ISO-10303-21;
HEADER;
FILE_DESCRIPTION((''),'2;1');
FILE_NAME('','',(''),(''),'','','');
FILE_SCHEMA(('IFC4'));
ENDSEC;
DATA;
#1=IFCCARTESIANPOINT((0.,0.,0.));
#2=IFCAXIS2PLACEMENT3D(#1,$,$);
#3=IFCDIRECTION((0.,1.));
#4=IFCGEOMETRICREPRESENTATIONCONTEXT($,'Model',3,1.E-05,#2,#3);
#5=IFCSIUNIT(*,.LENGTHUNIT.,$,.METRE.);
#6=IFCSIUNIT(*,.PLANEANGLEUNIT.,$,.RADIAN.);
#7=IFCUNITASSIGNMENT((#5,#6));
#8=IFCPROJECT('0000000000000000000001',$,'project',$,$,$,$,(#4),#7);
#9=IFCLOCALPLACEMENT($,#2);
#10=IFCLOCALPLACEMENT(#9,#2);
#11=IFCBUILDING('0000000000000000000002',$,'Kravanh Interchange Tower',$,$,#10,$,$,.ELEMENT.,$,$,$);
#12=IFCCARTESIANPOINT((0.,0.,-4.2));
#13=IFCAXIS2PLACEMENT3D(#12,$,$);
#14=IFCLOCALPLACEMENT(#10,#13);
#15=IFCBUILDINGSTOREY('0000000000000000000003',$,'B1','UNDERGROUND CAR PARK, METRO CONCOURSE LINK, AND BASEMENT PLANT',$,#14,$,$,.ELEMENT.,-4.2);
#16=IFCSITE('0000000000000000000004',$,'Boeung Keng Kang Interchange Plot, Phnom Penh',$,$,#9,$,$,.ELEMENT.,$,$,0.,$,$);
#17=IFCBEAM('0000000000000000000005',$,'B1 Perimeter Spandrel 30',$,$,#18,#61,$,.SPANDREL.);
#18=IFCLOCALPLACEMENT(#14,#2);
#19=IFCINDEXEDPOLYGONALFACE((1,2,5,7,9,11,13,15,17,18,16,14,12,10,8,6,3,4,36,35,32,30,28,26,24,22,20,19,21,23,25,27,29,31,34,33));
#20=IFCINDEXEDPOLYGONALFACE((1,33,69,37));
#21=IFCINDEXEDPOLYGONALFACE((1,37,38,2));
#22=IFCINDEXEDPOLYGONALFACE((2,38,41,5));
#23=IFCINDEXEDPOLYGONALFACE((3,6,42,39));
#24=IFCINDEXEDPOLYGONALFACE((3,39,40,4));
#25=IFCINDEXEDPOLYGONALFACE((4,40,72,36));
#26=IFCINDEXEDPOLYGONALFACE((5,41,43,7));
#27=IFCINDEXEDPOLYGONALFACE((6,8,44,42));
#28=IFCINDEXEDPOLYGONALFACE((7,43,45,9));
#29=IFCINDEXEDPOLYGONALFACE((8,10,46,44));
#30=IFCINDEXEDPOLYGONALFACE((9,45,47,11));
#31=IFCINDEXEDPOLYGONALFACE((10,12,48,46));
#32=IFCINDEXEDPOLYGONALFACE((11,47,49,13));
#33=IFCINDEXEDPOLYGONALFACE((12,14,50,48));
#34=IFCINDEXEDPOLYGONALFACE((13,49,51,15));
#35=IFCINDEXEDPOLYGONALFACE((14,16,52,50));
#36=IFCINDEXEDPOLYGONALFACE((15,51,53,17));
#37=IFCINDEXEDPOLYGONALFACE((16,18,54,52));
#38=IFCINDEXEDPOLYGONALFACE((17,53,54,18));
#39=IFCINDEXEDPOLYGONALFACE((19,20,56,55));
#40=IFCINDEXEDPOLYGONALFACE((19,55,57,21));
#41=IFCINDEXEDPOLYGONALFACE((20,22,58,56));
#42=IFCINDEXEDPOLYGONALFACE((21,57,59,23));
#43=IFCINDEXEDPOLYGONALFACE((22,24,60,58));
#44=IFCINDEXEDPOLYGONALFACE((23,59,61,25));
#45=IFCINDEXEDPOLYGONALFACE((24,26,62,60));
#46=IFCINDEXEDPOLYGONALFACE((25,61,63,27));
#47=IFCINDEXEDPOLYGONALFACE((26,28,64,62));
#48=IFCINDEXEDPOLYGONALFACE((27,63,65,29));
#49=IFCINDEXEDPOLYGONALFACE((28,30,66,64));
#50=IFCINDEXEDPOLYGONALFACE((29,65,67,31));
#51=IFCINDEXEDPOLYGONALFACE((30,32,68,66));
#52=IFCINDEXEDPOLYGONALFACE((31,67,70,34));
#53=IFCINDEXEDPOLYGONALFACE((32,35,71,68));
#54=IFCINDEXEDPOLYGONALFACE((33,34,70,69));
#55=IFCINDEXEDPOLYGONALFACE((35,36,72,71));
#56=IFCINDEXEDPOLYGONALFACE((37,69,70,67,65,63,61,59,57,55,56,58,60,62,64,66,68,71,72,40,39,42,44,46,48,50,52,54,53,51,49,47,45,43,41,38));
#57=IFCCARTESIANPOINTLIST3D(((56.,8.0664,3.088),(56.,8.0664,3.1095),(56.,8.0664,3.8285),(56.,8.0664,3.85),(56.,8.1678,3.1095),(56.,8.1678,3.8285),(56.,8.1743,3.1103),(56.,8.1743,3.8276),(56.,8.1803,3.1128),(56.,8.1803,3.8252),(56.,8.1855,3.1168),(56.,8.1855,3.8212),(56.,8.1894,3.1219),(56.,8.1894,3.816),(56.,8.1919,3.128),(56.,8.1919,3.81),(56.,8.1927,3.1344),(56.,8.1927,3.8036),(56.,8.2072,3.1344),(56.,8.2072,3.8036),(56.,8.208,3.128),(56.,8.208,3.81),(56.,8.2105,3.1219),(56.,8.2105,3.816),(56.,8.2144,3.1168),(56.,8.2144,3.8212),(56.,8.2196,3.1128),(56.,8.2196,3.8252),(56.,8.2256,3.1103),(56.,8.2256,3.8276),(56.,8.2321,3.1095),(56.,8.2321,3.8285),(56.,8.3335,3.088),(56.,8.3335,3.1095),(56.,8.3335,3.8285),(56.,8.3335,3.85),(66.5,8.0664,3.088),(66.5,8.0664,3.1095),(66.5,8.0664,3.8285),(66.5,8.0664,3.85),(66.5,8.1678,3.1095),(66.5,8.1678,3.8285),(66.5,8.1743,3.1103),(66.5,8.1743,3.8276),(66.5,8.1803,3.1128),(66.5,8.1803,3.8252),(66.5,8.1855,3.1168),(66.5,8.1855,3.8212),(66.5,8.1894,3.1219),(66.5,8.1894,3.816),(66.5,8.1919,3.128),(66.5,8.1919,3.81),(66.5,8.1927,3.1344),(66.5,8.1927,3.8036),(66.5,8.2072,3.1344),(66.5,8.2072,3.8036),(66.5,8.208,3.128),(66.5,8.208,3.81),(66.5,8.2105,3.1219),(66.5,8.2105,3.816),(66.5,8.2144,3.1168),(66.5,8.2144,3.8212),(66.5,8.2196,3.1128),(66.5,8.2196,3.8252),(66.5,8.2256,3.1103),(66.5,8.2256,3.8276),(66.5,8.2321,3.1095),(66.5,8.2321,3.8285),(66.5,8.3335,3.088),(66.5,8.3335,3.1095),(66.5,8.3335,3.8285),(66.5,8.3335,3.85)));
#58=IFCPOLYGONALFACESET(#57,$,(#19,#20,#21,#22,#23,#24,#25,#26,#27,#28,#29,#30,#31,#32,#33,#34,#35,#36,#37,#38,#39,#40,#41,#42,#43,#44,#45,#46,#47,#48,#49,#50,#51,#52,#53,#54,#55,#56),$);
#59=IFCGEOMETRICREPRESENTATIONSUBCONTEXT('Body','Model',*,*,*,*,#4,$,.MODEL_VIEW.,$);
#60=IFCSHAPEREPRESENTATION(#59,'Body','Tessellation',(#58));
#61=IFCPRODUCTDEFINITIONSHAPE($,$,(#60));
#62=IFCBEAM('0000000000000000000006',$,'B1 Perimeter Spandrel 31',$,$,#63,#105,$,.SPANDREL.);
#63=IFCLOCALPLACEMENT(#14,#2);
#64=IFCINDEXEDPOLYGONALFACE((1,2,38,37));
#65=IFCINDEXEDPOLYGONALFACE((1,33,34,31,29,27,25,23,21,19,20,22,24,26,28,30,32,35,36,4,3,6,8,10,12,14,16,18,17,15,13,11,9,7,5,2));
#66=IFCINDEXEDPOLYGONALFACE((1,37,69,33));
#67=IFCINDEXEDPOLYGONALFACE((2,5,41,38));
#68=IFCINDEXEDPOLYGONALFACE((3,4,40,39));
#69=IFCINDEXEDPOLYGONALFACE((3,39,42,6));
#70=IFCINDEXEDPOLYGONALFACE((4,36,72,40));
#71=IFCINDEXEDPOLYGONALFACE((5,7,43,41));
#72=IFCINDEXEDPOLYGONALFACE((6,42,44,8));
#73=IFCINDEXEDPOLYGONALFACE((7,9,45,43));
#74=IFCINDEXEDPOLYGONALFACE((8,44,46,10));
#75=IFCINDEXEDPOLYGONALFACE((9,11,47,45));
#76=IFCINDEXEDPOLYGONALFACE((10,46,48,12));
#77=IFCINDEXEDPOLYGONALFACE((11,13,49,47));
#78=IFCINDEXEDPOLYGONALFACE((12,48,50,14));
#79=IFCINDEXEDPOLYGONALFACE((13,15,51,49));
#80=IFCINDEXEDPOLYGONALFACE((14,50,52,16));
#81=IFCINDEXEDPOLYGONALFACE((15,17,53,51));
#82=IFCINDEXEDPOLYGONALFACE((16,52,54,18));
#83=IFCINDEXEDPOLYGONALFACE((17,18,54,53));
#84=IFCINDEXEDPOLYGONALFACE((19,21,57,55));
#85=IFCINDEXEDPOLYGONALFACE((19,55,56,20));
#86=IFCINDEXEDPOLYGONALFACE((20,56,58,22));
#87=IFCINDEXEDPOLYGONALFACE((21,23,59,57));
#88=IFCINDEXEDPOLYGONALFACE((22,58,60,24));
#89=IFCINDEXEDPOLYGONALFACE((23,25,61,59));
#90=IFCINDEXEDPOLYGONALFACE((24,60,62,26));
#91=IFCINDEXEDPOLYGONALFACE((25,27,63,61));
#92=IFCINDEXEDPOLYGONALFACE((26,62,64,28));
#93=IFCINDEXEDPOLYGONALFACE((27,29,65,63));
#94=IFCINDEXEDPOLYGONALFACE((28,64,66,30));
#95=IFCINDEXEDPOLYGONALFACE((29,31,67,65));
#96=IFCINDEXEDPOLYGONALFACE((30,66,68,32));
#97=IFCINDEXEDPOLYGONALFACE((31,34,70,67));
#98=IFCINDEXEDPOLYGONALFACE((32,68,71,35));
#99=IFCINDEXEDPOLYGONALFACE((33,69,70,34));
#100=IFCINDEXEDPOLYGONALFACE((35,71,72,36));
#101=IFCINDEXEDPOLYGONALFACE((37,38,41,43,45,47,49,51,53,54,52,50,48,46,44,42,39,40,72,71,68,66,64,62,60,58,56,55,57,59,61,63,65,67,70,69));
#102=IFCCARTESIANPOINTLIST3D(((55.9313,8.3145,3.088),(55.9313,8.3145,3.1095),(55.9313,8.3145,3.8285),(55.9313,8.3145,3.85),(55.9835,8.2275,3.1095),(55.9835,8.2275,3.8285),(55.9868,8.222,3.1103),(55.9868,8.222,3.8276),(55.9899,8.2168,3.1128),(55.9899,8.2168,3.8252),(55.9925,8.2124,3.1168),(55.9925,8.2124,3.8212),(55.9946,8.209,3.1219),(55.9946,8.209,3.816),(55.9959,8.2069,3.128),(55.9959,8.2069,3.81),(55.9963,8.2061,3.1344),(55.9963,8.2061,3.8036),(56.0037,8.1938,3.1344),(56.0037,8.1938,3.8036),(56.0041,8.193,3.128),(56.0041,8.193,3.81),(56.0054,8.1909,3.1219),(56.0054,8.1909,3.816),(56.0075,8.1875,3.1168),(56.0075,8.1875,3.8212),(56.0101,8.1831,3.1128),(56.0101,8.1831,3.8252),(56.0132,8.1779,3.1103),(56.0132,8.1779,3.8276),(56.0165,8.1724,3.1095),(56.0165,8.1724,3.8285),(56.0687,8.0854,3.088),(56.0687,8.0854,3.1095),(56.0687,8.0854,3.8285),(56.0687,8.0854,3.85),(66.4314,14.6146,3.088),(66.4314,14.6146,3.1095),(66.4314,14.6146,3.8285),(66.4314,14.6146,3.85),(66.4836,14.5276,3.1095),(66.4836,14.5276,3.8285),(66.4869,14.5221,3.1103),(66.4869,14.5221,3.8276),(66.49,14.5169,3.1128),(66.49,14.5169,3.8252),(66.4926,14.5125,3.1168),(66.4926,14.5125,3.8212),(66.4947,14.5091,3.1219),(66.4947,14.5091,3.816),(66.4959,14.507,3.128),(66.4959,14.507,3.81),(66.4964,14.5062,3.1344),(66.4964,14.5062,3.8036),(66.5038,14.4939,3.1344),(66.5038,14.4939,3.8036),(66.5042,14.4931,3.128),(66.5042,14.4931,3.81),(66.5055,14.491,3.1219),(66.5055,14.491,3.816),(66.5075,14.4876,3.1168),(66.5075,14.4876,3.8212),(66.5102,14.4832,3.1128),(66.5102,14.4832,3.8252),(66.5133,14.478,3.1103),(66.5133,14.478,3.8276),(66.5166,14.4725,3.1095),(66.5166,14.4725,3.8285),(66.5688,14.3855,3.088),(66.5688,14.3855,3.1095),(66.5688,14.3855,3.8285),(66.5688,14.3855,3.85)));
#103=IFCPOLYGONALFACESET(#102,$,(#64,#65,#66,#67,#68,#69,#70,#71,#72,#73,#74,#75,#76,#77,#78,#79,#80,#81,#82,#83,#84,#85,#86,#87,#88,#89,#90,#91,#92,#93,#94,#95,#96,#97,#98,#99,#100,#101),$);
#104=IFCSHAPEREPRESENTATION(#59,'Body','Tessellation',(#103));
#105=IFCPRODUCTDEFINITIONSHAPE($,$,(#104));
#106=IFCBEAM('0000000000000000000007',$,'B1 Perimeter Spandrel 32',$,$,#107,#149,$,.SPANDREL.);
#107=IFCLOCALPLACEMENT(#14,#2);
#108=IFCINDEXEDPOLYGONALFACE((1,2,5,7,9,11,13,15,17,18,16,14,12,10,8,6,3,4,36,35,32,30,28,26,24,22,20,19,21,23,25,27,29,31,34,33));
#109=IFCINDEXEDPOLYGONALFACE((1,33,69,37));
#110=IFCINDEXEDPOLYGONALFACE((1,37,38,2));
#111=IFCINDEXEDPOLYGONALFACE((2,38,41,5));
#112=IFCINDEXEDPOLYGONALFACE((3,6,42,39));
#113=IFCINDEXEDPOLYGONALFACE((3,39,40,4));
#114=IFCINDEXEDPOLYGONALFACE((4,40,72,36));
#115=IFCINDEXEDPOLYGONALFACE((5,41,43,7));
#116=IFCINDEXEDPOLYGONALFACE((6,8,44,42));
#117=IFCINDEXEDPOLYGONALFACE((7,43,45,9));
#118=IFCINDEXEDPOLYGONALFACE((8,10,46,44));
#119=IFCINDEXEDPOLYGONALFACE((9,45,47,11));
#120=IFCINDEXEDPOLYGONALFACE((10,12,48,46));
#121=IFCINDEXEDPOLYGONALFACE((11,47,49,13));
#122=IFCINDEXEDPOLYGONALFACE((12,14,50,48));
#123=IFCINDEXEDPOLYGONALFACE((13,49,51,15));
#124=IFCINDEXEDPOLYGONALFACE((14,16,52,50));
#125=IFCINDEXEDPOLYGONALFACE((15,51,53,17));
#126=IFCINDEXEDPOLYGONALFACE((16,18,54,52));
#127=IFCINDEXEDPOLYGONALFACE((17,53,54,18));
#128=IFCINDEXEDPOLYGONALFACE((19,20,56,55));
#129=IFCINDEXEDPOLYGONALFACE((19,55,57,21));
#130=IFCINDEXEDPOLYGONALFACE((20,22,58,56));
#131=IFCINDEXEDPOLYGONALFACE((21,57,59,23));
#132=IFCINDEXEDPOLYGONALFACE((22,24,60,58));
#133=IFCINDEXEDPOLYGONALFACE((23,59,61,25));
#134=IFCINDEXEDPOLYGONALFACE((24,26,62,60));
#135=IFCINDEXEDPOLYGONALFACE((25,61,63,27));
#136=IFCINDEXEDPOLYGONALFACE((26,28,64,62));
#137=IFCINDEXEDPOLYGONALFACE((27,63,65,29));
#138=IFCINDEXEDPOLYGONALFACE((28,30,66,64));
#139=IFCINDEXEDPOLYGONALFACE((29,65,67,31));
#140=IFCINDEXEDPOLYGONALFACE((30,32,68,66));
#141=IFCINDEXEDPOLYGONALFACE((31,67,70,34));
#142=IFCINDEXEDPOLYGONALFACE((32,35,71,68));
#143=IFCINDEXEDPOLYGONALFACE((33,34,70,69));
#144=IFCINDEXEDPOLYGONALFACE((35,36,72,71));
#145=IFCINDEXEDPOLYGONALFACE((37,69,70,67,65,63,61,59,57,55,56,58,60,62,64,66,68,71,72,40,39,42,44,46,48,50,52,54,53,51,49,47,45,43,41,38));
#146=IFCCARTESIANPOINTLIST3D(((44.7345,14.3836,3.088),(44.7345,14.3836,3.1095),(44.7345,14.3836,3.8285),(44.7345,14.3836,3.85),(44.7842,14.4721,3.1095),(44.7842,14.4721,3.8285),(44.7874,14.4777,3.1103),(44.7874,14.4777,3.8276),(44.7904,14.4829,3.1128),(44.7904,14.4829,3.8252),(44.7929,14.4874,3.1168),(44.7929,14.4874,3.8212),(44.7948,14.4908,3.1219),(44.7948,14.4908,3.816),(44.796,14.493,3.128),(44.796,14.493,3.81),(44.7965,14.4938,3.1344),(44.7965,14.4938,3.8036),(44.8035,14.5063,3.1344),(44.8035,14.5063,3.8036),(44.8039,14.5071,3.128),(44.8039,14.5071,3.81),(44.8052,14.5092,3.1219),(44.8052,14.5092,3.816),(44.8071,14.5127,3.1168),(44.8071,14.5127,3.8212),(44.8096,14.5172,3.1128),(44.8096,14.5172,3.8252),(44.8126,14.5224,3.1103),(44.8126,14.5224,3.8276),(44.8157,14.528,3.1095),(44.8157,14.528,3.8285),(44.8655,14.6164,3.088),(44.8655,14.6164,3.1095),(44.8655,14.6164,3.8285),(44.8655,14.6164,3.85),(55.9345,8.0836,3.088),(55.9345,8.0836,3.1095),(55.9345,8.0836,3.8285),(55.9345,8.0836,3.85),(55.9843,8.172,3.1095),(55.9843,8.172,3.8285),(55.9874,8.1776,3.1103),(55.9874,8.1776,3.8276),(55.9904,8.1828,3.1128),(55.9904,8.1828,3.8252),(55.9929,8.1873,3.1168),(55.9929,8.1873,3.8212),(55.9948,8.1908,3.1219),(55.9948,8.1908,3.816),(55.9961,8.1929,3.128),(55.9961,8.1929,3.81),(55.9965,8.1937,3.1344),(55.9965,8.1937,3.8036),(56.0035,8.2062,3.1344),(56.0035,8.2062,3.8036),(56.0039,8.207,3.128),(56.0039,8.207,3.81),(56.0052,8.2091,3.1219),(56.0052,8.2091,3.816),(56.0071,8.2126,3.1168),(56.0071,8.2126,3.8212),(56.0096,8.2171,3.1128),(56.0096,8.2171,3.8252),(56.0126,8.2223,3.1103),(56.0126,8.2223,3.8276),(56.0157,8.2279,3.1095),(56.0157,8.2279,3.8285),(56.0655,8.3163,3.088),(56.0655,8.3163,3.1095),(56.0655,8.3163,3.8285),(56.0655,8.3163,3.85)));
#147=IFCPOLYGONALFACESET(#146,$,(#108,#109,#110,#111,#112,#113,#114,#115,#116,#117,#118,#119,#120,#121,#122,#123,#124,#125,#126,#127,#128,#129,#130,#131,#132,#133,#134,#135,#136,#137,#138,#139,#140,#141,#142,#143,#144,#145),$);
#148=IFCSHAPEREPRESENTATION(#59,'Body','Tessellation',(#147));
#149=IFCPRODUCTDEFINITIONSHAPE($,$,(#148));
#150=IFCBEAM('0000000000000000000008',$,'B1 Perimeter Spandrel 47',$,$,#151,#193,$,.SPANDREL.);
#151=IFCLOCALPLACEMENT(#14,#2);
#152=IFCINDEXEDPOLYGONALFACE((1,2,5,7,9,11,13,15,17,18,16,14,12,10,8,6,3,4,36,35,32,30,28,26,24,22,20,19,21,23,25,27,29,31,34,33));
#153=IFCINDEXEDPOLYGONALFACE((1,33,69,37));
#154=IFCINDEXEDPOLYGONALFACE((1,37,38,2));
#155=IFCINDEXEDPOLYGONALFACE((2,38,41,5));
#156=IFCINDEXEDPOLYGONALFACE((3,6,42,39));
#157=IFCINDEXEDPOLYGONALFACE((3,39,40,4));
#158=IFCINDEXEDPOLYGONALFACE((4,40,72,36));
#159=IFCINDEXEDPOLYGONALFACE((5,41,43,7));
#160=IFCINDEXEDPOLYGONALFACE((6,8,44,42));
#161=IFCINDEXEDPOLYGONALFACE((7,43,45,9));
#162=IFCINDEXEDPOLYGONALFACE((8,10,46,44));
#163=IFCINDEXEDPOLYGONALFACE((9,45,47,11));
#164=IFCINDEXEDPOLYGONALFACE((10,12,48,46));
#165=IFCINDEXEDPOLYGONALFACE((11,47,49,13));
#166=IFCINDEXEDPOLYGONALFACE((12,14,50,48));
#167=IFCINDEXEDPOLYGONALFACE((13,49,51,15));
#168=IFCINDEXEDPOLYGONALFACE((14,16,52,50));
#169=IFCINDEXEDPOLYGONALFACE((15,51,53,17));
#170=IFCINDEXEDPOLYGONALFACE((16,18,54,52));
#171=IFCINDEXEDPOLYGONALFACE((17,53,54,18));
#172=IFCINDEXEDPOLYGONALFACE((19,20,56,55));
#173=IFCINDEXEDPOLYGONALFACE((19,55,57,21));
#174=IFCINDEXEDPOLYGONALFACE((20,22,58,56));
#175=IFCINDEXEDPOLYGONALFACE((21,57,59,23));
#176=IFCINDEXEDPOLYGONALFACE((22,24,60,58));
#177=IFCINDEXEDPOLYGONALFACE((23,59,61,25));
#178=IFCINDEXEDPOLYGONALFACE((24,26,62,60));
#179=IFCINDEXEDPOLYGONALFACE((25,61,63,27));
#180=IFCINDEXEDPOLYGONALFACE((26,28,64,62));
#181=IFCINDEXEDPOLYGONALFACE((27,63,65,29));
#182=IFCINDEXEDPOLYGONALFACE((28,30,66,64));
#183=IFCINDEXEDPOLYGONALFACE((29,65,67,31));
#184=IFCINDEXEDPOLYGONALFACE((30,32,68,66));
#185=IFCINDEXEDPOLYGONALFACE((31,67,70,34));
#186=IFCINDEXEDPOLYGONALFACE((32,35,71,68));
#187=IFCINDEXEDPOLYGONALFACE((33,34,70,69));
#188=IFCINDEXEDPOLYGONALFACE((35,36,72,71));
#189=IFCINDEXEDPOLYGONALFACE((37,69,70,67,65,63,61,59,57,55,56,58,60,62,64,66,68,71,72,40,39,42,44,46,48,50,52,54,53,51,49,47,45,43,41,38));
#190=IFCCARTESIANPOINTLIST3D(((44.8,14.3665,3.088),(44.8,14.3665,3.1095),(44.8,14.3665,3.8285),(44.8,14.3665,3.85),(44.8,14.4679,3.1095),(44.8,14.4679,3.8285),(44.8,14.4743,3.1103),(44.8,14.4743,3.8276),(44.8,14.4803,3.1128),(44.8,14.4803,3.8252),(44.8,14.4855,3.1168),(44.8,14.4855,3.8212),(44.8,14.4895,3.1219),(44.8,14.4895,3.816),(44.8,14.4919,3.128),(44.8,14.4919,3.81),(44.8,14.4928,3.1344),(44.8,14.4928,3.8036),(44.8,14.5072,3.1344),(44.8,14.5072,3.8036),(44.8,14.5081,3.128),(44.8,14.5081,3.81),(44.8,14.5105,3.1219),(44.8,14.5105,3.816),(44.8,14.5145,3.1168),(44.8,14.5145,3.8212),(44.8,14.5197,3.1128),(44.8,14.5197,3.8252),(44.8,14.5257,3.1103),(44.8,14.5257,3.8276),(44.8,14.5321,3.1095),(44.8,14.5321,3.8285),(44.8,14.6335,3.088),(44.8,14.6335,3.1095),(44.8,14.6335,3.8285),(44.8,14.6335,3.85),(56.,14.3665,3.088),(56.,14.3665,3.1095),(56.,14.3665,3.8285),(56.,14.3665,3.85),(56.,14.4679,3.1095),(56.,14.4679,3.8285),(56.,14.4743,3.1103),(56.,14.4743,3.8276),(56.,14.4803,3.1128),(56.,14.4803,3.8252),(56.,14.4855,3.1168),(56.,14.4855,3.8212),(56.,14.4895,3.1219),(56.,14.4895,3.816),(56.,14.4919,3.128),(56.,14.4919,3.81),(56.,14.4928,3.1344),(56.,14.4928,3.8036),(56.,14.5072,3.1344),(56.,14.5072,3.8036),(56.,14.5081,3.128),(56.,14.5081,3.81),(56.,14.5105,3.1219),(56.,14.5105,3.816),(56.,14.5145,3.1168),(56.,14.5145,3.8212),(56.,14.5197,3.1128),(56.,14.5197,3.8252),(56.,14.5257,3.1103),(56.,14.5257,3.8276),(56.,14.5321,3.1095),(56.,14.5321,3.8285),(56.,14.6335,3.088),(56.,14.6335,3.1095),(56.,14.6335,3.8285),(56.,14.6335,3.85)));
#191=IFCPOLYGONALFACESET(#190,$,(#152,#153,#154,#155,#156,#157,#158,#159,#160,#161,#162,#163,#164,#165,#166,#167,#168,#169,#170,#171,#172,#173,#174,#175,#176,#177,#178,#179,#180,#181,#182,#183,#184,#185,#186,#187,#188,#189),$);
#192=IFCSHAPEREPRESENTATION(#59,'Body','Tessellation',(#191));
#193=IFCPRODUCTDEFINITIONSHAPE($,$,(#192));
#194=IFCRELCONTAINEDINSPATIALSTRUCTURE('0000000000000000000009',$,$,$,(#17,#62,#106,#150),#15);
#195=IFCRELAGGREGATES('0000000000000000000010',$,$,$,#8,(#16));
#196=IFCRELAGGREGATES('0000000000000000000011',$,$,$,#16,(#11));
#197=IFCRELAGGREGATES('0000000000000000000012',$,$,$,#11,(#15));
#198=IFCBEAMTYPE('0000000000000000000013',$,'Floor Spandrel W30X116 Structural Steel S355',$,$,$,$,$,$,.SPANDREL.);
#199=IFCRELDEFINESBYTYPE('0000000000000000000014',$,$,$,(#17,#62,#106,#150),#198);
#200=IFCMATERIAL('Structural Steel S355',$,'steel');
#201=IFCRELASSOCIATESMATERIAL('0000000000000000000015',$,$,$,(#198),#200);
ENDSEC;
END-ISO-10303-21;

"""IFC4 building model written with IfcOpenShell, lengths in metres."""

from ifc_helpers import new_model, si_unit, direction, frame, origin, origin_2d, place, context, subcontext, project, spatial, i_section, extrude, material, material_profile, profile_set, type_object, element, save


model = new_model("IFC4")

# Units and contexts
model_context = context("Model", 3, precision=1e-05, world=origin(), true_north=direction((0.0, 1.0)))
body_context = subcontext(model_context, "Body", "Model", "MODEL_VIEW")
ifc_project = project(units=[si_unit("LENGTHUNIT", "METRE"), si_unit("PLANEANGLEUNIT", "RADIAN")], contexts=[model_context])

# Site, building, storey
site_placement = place(None, origin())
site = spatial("IfcSite", under=ifc_project, at=site_placement, Name="Boeung Keng Kang Interchange Plot, Phnom Penh", CompositionType="ELEMENT", RefElevation=0.0)
building_placement = place(site_placement, origin())
building = spatial("IfcBuilding", under=site, at=building_placement, Name="Kravanh Interchange Tower", CompositionType="ELEMENT")
storey_placement = place(building_placement, frame((0.0, 0.0, -4.2)))
storey = spatial("IfcBuildingStorey", under=building, at=storey_placement, Name="B1", Description="UNDERGROUND CAR PARK, METRO CONCOURSE LINK, AND BASEMENT PLANT", CompositionType="ELEMENT", Elevation=-4.2)

# Beams
ifc_material_1 = material(Name="Structural Steel S355", Category="steel")
ifc_material_profile_1 = material_profile(ifc_material_1, i_section(OverallWidth=0.2671, OverallDepth=0.762, WebThickness=0.0144, FlangeThickness=0.0215, FilletRadius=0.0249, at=origin_2d()), Name="W30X116")
ifc_profile_set_1 = profile_set([ifc_material_profile_1], Name="Structural Steel S355")
beam_type_1 = type_object("IfcBeamType", Name="Floor Spandrel W30X116 Structural Steel S355", PredefinedType="SPANDREL", material=ifc_profile_set_1)
beam_1_placement = place(storey_placement, frame((56.0, 8.2, 3.469), z_axis=(1.0, 0.0, 0.0), x_axis=(0.0, 1.0, 0.0)))
element("IfcBeam", 1, at=beam_1_placement, inside=storey, type_object=beam_type_1, Name="B1 Perimeter Spandrel 30", PredefinedType="SPANDREL", context=body_context, shape_type="SweptSolid", body=[
    extrude(i_section(OverallWidth=0.2671, OverallDepth=0.762, WebThickness=0.0144, FlangeThickness=0.0215, FilletRadius=0.0249, at=origin_2d()), origin(), (0.0, 0.0, 1.0), 10.5),
])
beam_2_placement = place(storey_placement, frame((56.0, 8.2, 3.469), z_axis=(0.857491, 0.514499, 0.0), x_axis=(-0.514499, 0.857491, 0.0)))
element("IfcBeam", 2, at=beam_2_placement, inside=storey, type_object=beam_type_1, Name="B1 Perimeter Spandrel 31", PredefinedType="SPANDREL", context=body_context, shape_type="SweptSolid", body=[
    extrude(i_section(OverallWidth=0.2671, OverallDepth=0.762, WebThickness=0.0144, FlangeThickness=0.0215, FilletRadius=0.0249, at=origin_2d()), origin(), (0.0, 0.0, 1.0), 12.2451),
])
beam_3_placement = place(storey_placement, frame((56.0, 8.2, 3.469), z_axis=(-0.871573, 0.490266, 0.0), x_axis=(-0.490266, -0.871573, 0.0)))
element("IfcBeam", 3, at=beam_3_placement, inside=storey, type_object=beam_type_1, Name="B1 Perimeter Spandrel 32", PredefinedType="SPANDREL", context=body_context, shape_type="SweptSolid", body=[
    extrude(i_section(OverallWidth=0.2671, OverallDepth=0.762, WebThickness=0.0144, FlangeThickness=0.0215, FilletRadius=0.0249, at=origin_2d()), origin(), (0.0, 0.0, 1.0), 12.8503),
])
beam_4_placement = place(storey_placement, frame((44.8, 14.5, 3.469), z_axis=(1.0, 0.0, 0.0), x_axis=(0.0, 1.0, 0.0)))
element("IfcBeam", 4, at=beam_4_placement, inside=storey, type_object=beam_type_1, Name="B1 Perimeter Spandrel 47", PredefinedType="SPANDREL", context=body_context, shape_type="SweptSolid", body=[
    extrude(i_section(OverallWidth=0.2671, OverallDepth=0.762, WebThickness=0.0144, FlangeThickness=0.0215, FilletRadius=0.0249, at=origin_2d()), origin(), (0.0, 0.0, 1.0), 11.2),
])

save(model, "model.ifc")
